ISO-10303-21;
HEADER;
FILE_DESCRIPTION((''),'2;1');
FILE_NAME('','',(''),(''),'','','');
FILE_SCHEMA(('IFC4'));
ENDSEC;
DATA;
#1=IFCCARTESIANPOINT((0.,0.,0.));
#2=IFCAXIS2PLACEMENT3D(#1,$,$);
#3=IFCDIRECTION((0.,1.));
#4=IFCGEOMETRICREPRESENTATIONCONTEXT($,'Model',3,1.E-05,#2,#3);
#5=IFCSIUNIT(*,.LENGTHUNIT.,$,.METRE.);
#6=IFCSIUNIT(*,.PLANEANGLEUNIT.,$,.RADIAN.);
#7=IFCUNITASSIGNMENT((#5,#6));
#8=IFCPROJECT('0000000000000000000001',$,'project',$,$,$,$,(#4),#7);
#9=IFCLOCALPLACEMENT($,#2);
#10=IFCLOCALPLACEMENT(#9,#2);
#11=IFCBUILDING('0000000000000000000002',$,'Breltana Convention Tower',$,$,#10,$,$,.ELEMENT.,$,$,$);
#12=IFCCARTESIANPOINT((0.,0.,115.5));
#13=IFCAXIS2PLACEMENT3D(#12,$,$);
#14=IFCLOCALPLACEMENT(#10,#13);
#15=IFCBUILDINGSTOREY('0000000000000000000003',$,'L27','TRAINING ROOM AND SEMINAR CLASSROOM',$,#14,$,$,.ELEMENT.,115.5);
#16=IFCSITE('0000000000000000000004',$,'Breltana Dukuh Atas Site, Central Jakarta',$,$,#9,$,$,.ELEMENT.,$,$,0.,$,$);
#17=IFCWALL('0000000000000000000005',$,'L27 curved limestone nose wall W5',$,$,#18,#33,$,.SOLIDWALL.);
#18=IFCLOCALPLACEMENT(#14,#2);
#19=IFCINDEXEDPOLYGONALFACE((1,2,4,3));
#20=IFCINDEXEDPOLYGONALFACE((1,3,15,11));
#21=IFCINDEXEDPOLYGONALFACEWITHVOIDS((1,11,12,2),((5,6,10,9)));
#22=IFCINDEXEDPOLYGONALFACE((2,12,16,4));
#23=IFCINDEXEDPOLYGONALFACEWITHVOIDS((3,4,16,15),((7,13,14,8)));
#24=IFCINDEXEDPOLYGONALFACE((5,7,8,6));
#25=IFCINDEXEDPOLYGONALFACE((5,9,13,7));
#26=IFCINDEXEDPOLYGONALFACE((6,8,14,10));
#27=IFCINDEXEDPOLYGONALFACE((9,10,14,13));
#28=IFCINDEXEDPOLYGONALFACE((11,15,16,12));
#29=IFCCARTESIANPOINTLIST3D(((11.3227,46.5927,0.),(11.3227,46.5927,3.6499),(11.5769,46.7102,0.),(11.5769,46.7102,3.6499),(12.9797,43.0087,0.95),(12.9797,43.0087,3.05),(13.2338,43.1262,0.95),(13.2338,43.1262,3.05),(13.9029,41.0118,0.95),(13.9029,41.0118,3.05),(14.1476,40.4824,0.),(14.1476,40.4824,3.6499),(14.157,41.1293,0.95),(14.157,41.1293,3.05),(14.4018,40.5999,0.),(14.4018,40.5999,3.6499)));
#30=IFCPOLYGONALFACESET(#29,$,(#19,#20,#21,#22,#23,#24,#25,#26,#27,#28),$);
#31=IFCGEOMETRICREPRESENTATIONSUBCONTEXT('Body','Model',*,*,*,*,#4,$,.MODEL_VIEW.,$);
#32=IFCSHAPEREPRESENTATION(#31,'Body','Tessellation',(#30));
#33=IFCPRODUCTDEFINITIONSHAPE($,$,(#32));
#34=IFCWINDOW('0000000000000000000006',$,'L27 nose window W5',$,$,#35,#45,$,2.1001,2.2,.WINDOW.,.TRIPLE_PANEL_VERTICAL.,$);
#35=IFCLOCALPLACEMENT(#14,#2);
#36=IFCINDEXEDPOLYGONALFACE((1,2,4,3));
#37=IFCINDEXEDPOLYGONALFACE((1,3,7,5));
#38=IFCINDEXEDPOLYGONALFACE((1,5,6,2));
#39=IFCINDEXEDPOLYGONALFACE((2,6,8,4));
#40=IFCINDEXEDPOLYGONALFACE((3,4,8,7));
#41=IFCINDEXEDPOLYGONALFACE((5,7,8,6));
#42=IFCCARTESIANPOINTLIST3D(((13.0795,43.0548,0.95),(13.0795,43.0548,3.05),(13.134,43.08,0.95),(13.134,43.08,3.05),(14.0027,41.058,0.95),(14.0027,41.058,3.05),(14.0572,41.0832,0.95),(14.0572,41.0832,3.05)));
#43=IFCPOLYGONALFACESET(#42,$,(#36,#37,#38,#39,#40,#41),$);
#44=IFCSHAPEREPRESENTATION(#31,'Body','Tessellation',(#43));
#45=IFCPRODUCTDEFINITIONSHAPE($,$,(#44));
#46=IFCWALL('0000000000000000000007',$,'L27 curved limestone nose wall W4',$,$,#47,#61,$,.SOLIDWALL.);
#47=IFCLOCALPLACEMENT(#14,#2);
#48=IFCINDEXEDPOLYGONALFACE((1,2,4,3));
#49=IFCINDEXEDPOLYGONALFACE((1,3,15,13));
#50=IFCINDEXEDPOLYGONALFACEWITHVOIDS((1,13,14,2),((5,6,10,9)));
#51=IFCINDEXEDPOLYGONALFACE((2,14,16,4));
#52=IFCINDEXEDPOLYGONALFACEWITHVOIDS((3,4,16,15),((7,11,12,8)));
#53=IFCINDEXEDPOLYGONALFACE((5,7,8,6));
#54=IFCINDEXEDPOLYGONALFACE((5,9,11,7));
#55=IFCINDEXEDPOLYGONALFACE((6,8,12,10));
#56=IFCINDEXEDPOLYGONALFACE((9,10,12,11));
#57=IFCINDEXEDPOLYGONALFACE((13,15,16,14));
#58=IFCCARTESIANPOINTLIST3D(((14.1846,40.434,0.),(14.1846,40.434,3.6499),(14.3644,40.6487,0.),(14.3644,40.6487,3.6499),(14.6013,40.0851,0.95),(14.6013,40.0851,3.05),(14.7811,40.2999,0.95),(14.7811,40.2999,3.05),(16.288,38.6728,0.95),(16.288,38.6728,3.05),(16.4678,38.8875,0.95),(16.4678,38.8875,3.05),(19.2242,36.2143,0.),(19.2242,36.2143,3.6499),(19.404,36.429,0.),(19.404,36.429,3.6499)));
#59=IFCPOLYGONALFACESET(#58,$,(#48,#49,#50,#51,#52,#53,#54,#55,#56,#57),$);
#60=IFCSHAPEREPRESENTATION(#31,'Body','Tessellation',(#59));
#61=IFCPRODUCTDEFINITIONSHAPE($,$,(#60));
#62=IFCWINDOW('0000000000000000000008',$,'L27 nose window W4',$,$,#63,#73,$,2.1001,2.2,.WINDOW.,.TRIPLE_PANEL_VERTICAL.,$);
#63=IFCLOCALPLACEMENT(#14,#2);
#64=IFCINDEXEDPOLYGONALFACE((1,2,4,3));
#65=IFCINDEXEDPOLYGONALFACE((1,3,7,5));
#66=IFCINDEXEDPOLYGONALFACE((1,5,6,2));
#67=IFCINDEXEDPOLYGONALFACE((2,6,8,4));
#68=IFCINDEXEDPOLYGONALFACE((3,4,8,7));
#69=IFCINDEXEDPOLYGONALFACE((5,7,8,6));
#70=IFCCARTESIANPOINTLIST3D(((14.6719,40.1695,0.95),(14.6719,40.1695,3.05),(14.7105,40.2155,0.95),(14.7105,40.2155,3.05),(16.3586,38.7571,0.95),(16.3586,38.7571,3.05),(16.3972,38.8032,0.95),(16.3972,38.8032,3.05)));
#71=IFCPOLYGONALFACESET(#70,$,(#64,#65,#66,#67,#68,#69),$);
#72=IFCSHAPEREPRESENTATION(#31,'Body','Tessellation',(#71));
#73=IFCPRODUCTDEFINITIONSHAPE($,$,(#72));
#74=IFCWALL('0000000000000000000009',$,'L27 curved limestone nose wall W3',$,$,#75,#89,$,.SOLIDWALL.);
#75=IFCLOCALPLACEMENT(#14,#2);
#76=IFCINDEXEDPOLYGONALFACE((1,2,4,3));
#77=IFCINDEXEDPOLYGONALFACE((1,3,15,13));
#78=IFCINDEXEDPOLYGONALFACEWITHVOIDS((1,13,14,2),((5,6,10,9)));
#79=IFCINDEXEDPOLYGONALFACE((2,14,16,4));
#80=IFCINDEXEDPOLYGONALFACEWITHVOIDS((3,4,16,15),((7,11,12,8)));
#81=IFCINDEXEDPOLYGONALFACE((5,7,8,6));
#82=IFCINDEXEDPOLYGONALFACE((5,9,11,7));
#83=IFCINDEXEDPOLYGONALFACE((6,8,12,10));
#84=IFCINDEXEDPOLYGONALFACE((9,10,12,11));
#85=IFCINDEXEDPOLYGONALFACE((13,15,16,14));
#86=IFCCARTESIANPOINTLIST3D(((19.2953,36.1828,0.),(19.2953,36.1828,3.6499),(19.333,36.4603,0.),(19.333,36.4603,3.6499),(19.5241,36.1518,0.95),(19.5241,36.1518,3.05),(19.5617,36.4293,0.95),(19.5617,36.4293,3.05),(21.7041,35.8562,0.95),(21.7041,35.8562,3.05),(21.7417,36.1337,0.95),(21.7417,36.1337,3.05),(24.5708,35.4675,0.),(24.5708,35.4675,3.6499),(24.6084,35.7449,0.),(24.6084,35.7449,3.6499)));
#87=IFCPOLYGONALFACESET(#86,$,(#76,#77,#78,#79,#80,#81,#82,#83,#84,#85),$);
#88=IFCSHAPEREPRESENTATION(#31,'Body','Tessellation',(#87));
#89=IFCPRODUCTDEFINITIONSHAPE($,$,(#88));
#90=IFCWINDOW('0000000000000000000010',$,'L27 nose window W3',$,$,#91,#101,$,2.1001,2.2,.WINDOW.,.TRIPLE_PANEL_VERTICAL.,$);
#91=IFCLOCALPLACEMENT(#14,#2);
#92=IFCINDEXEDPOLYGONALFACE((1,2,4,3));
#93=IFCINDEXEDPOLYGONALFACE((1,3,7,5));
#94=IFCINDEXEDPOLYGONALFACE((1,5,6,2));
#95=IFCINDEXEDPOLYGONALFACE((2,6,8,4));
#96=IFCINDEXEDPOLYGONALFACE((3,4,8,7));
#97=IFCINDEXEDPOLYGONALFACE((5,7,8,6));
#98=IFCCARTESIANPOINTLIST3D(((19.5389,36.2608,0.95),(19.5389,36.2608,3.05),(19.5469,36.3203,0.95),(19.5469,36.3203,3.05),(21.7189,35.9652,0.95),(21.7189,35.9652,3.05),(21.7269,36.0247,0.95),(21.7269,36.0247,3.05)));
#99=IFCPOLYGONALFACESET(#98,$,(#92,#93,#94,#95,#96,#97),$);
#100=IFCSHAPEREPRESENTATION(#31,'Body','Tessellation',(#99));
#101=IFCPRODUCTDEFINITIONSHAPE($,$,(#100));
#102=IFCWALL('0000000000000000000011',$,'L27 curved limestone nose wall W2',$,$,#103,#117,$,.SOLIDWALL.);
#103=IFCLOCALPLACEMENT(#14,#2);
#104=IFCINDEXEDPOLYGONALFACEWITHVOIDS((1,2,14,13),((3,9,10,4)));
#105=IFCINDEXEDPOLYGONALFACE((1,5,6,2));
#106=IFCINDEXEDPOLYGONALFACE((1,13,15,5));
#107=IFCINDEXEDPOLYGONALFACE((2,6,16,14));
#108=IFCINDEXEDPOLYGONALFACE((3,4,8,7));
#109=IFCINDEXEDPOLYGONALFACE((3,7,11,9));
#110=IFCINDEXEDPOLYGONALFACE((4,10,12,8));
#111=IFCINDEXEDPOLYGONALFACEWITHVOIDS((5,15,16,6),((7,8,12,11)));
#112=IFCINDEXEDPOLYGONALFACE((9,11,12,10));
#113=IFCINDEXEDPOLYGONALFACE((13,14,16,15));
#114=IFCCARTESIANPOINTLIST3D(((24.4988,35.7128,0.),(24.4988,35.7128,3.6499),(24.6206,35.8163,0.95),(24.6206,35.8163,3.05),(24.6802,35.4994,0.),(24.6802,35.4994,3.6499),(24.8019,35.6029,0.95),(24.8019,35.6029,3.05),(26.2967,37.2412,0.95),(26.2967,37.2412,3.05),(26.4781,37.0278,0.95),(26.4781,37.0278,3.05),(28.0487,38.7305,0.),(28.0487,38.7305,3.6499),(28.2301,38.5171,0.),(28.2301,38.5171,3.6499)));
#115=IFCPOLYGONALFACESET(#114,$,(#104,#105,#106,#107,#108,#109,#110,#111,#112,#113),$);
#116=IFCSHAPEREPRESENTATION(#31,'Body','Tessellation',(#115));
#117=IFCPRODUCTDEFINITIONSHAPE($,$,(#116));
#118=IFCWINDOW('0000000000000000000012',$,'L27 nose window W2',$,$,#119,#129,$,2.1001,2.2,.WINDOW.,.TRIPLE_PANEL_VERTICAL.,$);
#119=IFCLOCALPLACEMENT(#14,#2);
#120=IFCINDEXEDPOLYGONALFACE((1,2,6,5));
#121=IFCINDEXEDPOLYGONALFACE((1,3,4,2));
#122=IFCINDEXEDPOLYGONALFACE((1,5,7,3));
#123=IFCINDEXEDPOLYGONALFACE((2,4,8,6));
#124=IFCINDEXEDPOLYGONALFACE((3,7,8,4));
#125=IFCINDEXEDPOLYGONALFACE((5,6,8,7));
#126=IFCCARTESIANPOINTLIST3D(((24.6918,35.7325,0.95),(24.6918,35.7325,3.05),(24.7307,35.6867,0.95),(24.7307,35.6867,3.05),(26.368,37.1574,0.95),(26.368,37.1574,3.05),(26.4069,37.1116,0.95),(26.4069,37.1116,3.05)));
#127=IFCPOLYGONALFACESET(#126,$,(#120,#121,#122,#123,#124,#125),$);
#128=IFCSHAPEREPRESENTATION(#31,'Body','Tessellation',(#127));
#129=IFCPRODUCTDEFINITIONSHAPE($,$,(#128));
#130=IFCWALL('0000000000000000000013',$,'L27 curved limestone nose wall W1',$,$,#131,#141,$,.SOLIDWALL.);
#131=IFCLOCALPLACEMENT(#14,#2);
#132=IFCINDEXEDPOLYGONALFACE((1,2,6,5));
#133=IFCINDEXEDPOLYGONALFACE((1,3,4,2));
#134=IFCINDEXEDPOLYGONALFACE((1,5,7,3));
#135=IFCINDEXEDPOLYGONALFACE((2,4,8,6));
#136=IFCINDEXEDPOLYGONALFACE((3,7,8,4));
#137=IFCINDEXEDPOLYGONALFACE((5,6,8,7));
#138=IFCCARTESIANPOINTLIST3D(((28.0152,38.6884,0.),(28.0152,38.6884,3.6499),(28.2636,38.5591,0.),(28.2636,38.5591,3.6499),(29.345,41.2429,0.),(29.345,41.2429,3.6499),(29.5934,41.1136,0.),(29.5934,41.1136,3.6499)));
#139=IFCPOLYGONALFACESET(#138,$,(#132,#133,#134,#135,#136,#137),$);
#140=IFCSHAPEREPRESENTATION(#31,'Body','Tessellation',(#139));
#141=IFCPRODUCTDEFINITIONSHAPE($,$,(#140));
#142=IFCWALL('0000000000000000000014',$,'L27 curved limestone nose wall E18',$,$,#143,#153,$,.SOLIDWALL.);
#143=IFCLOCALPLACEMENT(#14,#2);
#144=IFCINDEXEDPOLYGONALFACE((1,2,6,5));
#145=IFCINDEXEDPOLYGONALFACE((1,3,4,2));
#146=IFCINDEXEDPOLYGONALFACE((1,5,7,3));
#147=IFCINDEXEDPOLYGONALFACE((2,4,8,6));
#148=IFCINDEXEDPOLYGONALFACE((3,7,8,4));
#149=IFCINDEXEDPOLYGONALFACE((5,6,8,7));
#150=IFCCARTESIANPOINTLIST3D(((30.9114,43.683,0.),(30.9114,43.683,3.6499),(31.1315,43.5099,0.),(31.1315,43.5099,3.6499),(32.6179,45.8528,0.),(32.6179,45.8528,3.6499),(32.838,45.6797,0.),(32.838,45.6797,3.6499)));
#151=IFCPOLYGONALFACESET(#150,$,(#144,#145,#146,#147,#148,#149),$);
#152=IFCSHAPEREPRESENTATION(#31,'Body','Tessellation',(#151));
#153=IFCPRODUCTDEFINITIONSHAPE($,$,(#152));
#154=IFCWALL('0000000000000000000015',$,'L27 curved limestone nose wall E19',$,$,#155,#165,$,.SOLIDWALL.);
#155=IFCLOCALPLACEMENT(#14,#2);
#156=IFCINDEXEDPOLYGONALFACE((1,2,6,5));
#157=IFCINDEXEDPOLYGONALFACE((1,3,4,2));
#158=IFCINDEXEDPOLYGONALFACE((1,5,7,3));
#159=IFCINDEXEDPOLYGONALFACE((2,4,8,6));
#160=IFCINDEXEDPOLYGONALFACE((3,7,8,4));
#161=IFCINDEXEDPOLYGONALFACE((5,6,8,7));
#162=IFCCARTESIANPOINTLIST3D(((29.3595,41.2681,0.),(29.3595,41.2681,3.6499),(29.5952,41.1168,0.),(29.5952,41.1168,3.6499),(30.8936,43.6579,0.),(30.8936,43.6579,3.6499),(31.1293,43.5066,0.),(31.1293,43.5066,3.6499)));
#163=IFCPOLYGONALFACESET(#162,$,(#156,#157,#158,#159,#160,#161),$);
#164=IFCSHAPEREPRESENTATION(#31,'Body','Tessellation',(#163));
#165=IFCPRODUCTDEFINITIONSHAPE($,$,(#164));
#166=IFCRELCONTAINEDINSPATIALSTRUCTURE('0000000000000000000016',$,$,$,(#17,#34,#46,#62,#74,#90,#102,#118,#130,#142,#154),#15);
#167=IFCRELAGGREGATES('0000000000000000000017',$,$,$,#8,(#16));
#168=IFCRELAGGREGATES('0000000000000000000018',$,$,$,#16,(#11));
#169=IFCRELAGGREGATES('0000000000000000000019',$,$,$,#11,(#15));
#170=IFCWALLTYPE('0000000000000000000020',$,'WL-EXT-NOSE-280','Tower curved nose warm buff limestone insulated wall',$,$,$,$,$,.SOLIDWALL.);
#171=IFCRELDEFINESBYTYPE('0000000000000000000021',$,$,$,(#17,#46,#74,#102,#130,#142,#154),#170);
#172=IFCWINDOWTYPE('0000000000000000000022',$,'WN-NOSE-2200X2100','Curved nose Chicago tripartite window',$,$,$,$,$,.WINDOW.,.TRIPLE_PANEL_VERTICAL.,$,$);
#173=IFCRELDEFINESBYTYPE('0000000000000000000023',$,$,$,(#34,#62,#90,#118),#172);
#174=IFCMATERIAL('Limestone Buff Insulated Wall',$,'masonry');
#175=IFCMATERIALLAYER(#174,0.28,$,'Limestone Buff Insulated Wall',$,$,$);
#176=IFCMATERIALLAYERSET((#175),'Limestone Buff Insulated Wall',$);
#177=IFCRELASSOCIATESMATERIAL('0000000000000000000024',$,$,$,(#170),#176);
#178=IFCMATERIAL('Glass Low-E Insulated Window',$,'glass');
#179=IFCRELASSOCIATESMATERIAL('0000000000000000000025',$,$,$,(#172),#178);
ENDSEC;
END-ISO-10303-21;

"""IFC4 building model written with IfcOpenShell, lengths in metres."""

from ifc_helpers import new_model, si_unit, direction, frame, frame_2d, origin, place, context, subcontext, project, spatial, rectangle, extrude, source, transform, mapped, material, layer, layer_set, type_object, type_shapes, element, fill, save


model = new_model("IFC4")

# Units and contexts
model_context = context("Model", 3, precision=1e-05, world=origin(), true_north=direction((0.0, 1.0)))
body_context = subcontext(model_context, "Body", "Model", "MODEL_VIEW")
ifc_project = project(units=[si_unit("LENGTHUNIT", "METRE"), si_unit("PLANEANGLEUNIT", "RADIAN")], contexts=[model_context])

# Site, building, storey
site_placement = place(None, origin())
site = spatial("IfcSite", under=ifc_project, at=site_placement, Name="Breltana Dukuh Atas Site, Central Jakarta", CompositionType="ELEMENT", RefElevation=0.0)
building_placement = place(site_placement, origin())
building = spatial("IfcBuilding", under=site, at=building_placement, Name="Breltana Convention Tower", CompositionType="ELEMENT")
storey_placement = place(building_placement, frame((0.0, 0.0, 115.5)))
storey = spatial("IfcBuildingStorey", under=building, at=storey_placement, Name="L27", Description="TRAINING ROOM AND SEMINAR CLASSROOM", CompositionType="ELEMENT", Elevation=115.5)

# Walls, openings, windows
ifc_material_1 = material(Name="Limestone Buff Insulated Wall", Category="masonry")
ifc_layer_1 = layer(ifc_material_1, 0.28, Name="Limestone Buff Insulated Wall")
ifc_layer_set_1 = layer_set([ifc_layer_1], Name="Limestone Buff Insulated Wall")
wall_type_1 = type_object("IfcWallType", Name="WL-EXT-NOSE-280", Description="Tower curved nose warm buff limestone insulated wall", PredefinedType="SOLIDWALL", material=ifc_layer_set_1)
shared_shape_1 = source(origin(), body_context, "Body", "SweptSolid", [
    extrude(rectangle(XDim=6.7317, YDim=0.28, at=frame_2d((3.3657, 0.0))), origin(), (0.0, 0.0, 1.0), 3.6499),
])
wall_1_placement = place(storey_placement, frame((14.2747, 40.5413, 0.0), z_axis=(0.0, 0.0, 1.0), x_axis=(-0.419645, 0.907689, 0.0)))
wall_1 = element("IfcWall", 1, at=wall_1_placement, inside=storey, type_object=wall_type_1, Name="L27 curved limestone nose wall W5", PredefinedType="SOLIDWALL", context=body_context, shape_type="MappedRepresentation", body=[
    mapped(shared_shape_1, transform((0.0, 0.0, 0.0), scale=1.0)),
])
opening_1_placement = place(wall_1_placement, frame((0.583, 0.0, 0.95)))
opening_1 = element("IfcOpeningElement", 2, at=opening_1_placement, cuts=wall_1, PredefinedType="OPENING", context=body_context, shape_type="SweptSolid", body=[
    extrude(rectangle(XDim=2.2, YDim=2.1001, at=frame_2d((1.1001, 1.05))), frame((0.0, 0.1499, 0.0), z_axis=(0.0, -1.0, 0.0), x_axis=(1.0, 0.0, 0.0)), (0.0, 0.0, 1.0), 0.3),
])
ifc_material_2 = material(Name="Glass Low-E Insulated Window", Category="glass")
window_type = type_object("IfcWindowType", Name="WN-NOSE-2200X2100", Description="Curved nose Chicago tripartite window", PartitioningType="TRIPLE_PANEL_VERTICAL", PredefinedType="WINDOW", material=ifc_material_2)
shared_shape_2 = source(origin(), body_context, "Body", "SweptSolid", [
    extrude(rectangle(XDim=2.2, YDim=2.1001, at=frame_2d((1.1001, 1.05))), frame((0.0, 0.03, 0.0), z_axis=(0.0, -1.0, 0.0), x_axis=(1.0, 0.0, 0.0)), (0.0, 0.0, 1.0), 0.0601),
])
type_shapes(window_type, [shared_shape_2])
window_1_placement = place(opening_1_placement, origin())
window_1 = element("IfcWindow", 3, at=window_1_placement, inside=storey, type_object=window_type, Name="L27 nose window W5", OverallHeight=2.1001, OverallWidth=2.2, PartitioningType="TRIPLE_PANEL_VERTICAL", PredefinedType="WINDOW", context=body_context, shape_type="MappedRepresentation", body=[
    mapped(shared_shape_2, transform((0.0, 0.0, 0.0), scale=1.0)),
])
fill(opening_1, window_1)
shared_shape_3 = source(origin(), body_context, "Body", "SweptSolid", [
    extrude(rectangle(XDim=6.573, YDim=0.28, at=frame_2d((3.2866, 0.0))), origin(), (0.0, 0.0, 1.0), 3.6499),
])
wall_2_placement = place(storey_placement, frame((19.3142, 36.3215, 0.0), z_axis=(0.0, 0.0, 1.0), x_axis=(-0.766715, 0.641987, 0.0)))
wall_2 = element("IfcWall", 4, at=wall_2_placement, inside=storey, type_object=wall_type_1, Name="L27 curved limestone nose wall W4", PredefinedType="SOLIDWALL", context=body_context, shape_type="MappedRepresentation", body=[
    mapped(shared_shape_3, transform((0.0, 0.0, 0.0), scale=1.0)),
])
opening_2_placement = place(wall_2_placement, frame((3.8296, 0.0, 0.95)))
opening_2 = element("IfcOpeningElement", 5, at=opening_2_placement, cuts=wall_2, PredefinedType="OPENING", context=body_context, shape_type="SweptSolid", body=[
    extrude(rectangle(XDim=2.2, YDim=2.1001, at=frame_2d((1.1001, 1.05))), frame((0.0, 0.1499, 0.0), z_axis=(0.0, -1.0, 0.0), x_axis=(1.0, 0.0, 0.0)), (0.0, 0.0, 1.0), 0.3),
])
window_2_placement = place(opening_2_placement, origin())
window_2 = element("IfcWindow", 6, at=window_2_placement, inside=storey, type_object=window_type, Name="L27 nose window W4", OverallHeight=2.1001, OverallWidth=2.2, PartitioningType="TRIPLE_PANEL_VERTICAL", PredefinedType="WINDOW", context=body_context, shape_type="MappedRepresentation", body=[
    mapped(shared_shape_2, transform((0.0, 0.0, 0.0), scale=1.0)),
])
fill(opening_2, window_2)
shared_shape_4 = source(origin(), body_context, "Body", "SweptSolid", [
    extrude(rectangle(XDim=5.3237, YDim=0.28, at=frame_2d((2.6619, 0.0))), origin(), (0.0, 0.0, 1.0), 3.6499),
])
wall_3_placement = place(storey_placement, frame((24.5896, 35.6062, 0.0), z_axis=(0.0, 0.0, 1.0), x_axis=(-0.990931, 0.134368, 0.0)))
wall_3 = element("IfcWall", 7, at=wall_3_placement, inside=storey, type_object=wall_type_1, Name="L27 curved limestone nose wall W3", PredefinedType="SOLIDWALL", context=body_context, shape_type="MappedRepresentation", body=[
    mapped(shared_shape_4, transform((0.0, 0.0, 0.0), scale=1.0)),
])
opening_3_placement = place(wall_3_placement, frame((2.8928, 0.0, 0.95)))
opening_3 = element("IfcOpeningElement", 8, at=opening_3_placement, cuts=wall_3, PredefinedType="OPENING", context=body_context, shape_type="SweptSolid", body=[
    extrude(rectangle(XDim=2.2, YDim=2.1001, at=frame_2d((1.1001, 1.05))), frame((0.0, 0.1499, 0.0), z_axis=(0.0, -1.0, 0.0), x_axis=(1.0, 0.0, 0.0)), (0.0, 0.0, 1.0), 0.3),
])
window_3_placement = place(opening_3_placement, origin())
window_3 = element("IfcWindow", 9, at=window_3_placement, inside=storey, type_object=window_type, Name="L27 nose window W3", OverallHeight=2.1001, OverallWidth=2.2, PartitioningType="TRIPLE_PANEL_VERTICAL", PredefinedType="WINDOW", context=body_context, shape_type="MappedRepresentation", body=[
    mapped(shared_shape_2, transform((0.0, 0.0, 0.0), scale=1.0)),
])
fill(opening_3, window_3)
shared_shape_5 = source(origin(), body_context, "Body", "SweptSolid", [
    extrude(rectangle(XDim=4.6592, YDim=0.28, at=frame_2d((2.3296, 0.0))), origin(), (0.0, 0.0, 1.0), 3.6499),
])
wall_4_placement = place(storey_placement, frame((28.1394, 38.6238, 0.0), z_axis=(0.0, 0.0, 1.0), x_axis=(-0.761913, -0.647679, 0.0)))
wall_4 = element("IfcWall", 10, at=wall_4_placement, inside=storey, type_object=wall_type_1, Name="L27 curved limestone nose wall W2", PredefinedType="SOLIDWALL", context=body_context, shape_type="MappedRepresentation", body=[
    mapped(shared_shape_5, transform((0.0, 0.0, 0.0), scale=1.0)),
])
opening_4_placement = place(wall_4_placement, frame((2.2993, 0.0, 0.95)))
opening_4 = element("IfcOpeningElement", 11, at=opening_4_placement, cuts=wall_4, PredefinedType="OPENING", context=body_context, shape_type="SweptSolid", body=[
    extrude(rectangle(XDim=2.2, YDim=2.1001, at=frame_2d((1.1001, 1.05))), frame((0.0, 0.1499, 0.0), z_axis=(0.0, -1.0, 0.0), x_axis=(1.0, 0.0, 0.0)), (0.0, 0.0, 1.0), 0.3),
])
window_4_placement = place(opening_4_placement, origin())
window_4 = element("IfcWindow", 12, at=window_4_placement, inside=storey, type_object=window_type, Name="L27 nose window W2", OverallHeight=2.1001, OverallWidth=2.2, PartitioningType="TRIPLE_PANEL_VERTICAL", PredefinedType="WINDOW", context=body_context, shape_type="MappedRepresentation", body=[
    mapped(shared_shape_2, transform((0.0, 0.0, 0.0), scale=1.0)),
])
fill(opening_4, window_4)

# Walls
shared_shape_6 = source(origin(), body_context, "Body", "SweptSolid", [
    extrude(rectangle(XDim=2.8799, YDim=0.28, at=frame_2d((1.4399, 0.0))), origin(), (0.0, 0.0, 1.0), 3.6499),
])
wall_5_placement = place(storey_placement, frame((29.4692, 41.1782, 0.0), z_axis=(0.0, 0.0, 1.0), x_axis=(-0.461769, -0.887, 0.0)))
element("IfcWall", 13, at=wall_5_placement, inside=storey, type_object=wall_type_1, Name="L27 curved limestone nose wall W1", PredefinedType="SOLIDWALL", context=body_context, shape_type="MappedRepresentation", body=[
    mapped(shared_shape_6, transform((0.0, 0.0, 0.0), scale=1.0)),
])
shared_shape_7 = source(origin(), body_context, "Body", "SweptSolid", [
    extrude(rectangle(XDim=2.7605, YDim=0.28, at=frame_2d((1.3804, 0.0))), origin(), (0.0, 0.0, 1.0), 3.6499),
])
wall_6_placement = place(storey_placement, frame((32.728, 45.7664, 0.0), z_axis=(0.0, 0.0, 1.0), x_axis=(-0.618181, -0.786036, 0.0)))
element("IfcWall", 14, at=wall_6_placement, inside=storey, type_object=wall_type_1, Name="L27 curved limestone nose wall E18", PredefinedType="SOLIDWALL", context=body_context, shape_type="MappedRepresentation", body=[
    mapped(shared_shape_7, transform((0.0, 0.0, 0.0), scale=1.0)),
])
shared_shape_8 = source(origin(), body_context, "Body", "SweptSolid", [
    extrude(rectangle(XDim=2.8398, YDim=0.28, at=frame_2d((1.4199, 0.0))), origin(), (0.0, 0.0, 1.0), 3.6499),
])
wall_7_placement = place(storey_placement, frame((31.0115, 43.5823, 0.0), z_axis=(0.0, 0.0, 1.0), x_axis=(-0.540214, -0.841527, 0.0)))
element("IfcWall", 15, at=wall_7_placement, inside=storey, type_object=wall_type_1, Name="L27 curved limestone nose wall E19", PredefinedType="SOLIDWALL", context=body_context, shape_type="MappedRepresentation", body=[
    mapped(shared_shape_8, transform((0.0, 0.0, 0.0), scale=1.0)),
])

save(model, "model.ifc")
